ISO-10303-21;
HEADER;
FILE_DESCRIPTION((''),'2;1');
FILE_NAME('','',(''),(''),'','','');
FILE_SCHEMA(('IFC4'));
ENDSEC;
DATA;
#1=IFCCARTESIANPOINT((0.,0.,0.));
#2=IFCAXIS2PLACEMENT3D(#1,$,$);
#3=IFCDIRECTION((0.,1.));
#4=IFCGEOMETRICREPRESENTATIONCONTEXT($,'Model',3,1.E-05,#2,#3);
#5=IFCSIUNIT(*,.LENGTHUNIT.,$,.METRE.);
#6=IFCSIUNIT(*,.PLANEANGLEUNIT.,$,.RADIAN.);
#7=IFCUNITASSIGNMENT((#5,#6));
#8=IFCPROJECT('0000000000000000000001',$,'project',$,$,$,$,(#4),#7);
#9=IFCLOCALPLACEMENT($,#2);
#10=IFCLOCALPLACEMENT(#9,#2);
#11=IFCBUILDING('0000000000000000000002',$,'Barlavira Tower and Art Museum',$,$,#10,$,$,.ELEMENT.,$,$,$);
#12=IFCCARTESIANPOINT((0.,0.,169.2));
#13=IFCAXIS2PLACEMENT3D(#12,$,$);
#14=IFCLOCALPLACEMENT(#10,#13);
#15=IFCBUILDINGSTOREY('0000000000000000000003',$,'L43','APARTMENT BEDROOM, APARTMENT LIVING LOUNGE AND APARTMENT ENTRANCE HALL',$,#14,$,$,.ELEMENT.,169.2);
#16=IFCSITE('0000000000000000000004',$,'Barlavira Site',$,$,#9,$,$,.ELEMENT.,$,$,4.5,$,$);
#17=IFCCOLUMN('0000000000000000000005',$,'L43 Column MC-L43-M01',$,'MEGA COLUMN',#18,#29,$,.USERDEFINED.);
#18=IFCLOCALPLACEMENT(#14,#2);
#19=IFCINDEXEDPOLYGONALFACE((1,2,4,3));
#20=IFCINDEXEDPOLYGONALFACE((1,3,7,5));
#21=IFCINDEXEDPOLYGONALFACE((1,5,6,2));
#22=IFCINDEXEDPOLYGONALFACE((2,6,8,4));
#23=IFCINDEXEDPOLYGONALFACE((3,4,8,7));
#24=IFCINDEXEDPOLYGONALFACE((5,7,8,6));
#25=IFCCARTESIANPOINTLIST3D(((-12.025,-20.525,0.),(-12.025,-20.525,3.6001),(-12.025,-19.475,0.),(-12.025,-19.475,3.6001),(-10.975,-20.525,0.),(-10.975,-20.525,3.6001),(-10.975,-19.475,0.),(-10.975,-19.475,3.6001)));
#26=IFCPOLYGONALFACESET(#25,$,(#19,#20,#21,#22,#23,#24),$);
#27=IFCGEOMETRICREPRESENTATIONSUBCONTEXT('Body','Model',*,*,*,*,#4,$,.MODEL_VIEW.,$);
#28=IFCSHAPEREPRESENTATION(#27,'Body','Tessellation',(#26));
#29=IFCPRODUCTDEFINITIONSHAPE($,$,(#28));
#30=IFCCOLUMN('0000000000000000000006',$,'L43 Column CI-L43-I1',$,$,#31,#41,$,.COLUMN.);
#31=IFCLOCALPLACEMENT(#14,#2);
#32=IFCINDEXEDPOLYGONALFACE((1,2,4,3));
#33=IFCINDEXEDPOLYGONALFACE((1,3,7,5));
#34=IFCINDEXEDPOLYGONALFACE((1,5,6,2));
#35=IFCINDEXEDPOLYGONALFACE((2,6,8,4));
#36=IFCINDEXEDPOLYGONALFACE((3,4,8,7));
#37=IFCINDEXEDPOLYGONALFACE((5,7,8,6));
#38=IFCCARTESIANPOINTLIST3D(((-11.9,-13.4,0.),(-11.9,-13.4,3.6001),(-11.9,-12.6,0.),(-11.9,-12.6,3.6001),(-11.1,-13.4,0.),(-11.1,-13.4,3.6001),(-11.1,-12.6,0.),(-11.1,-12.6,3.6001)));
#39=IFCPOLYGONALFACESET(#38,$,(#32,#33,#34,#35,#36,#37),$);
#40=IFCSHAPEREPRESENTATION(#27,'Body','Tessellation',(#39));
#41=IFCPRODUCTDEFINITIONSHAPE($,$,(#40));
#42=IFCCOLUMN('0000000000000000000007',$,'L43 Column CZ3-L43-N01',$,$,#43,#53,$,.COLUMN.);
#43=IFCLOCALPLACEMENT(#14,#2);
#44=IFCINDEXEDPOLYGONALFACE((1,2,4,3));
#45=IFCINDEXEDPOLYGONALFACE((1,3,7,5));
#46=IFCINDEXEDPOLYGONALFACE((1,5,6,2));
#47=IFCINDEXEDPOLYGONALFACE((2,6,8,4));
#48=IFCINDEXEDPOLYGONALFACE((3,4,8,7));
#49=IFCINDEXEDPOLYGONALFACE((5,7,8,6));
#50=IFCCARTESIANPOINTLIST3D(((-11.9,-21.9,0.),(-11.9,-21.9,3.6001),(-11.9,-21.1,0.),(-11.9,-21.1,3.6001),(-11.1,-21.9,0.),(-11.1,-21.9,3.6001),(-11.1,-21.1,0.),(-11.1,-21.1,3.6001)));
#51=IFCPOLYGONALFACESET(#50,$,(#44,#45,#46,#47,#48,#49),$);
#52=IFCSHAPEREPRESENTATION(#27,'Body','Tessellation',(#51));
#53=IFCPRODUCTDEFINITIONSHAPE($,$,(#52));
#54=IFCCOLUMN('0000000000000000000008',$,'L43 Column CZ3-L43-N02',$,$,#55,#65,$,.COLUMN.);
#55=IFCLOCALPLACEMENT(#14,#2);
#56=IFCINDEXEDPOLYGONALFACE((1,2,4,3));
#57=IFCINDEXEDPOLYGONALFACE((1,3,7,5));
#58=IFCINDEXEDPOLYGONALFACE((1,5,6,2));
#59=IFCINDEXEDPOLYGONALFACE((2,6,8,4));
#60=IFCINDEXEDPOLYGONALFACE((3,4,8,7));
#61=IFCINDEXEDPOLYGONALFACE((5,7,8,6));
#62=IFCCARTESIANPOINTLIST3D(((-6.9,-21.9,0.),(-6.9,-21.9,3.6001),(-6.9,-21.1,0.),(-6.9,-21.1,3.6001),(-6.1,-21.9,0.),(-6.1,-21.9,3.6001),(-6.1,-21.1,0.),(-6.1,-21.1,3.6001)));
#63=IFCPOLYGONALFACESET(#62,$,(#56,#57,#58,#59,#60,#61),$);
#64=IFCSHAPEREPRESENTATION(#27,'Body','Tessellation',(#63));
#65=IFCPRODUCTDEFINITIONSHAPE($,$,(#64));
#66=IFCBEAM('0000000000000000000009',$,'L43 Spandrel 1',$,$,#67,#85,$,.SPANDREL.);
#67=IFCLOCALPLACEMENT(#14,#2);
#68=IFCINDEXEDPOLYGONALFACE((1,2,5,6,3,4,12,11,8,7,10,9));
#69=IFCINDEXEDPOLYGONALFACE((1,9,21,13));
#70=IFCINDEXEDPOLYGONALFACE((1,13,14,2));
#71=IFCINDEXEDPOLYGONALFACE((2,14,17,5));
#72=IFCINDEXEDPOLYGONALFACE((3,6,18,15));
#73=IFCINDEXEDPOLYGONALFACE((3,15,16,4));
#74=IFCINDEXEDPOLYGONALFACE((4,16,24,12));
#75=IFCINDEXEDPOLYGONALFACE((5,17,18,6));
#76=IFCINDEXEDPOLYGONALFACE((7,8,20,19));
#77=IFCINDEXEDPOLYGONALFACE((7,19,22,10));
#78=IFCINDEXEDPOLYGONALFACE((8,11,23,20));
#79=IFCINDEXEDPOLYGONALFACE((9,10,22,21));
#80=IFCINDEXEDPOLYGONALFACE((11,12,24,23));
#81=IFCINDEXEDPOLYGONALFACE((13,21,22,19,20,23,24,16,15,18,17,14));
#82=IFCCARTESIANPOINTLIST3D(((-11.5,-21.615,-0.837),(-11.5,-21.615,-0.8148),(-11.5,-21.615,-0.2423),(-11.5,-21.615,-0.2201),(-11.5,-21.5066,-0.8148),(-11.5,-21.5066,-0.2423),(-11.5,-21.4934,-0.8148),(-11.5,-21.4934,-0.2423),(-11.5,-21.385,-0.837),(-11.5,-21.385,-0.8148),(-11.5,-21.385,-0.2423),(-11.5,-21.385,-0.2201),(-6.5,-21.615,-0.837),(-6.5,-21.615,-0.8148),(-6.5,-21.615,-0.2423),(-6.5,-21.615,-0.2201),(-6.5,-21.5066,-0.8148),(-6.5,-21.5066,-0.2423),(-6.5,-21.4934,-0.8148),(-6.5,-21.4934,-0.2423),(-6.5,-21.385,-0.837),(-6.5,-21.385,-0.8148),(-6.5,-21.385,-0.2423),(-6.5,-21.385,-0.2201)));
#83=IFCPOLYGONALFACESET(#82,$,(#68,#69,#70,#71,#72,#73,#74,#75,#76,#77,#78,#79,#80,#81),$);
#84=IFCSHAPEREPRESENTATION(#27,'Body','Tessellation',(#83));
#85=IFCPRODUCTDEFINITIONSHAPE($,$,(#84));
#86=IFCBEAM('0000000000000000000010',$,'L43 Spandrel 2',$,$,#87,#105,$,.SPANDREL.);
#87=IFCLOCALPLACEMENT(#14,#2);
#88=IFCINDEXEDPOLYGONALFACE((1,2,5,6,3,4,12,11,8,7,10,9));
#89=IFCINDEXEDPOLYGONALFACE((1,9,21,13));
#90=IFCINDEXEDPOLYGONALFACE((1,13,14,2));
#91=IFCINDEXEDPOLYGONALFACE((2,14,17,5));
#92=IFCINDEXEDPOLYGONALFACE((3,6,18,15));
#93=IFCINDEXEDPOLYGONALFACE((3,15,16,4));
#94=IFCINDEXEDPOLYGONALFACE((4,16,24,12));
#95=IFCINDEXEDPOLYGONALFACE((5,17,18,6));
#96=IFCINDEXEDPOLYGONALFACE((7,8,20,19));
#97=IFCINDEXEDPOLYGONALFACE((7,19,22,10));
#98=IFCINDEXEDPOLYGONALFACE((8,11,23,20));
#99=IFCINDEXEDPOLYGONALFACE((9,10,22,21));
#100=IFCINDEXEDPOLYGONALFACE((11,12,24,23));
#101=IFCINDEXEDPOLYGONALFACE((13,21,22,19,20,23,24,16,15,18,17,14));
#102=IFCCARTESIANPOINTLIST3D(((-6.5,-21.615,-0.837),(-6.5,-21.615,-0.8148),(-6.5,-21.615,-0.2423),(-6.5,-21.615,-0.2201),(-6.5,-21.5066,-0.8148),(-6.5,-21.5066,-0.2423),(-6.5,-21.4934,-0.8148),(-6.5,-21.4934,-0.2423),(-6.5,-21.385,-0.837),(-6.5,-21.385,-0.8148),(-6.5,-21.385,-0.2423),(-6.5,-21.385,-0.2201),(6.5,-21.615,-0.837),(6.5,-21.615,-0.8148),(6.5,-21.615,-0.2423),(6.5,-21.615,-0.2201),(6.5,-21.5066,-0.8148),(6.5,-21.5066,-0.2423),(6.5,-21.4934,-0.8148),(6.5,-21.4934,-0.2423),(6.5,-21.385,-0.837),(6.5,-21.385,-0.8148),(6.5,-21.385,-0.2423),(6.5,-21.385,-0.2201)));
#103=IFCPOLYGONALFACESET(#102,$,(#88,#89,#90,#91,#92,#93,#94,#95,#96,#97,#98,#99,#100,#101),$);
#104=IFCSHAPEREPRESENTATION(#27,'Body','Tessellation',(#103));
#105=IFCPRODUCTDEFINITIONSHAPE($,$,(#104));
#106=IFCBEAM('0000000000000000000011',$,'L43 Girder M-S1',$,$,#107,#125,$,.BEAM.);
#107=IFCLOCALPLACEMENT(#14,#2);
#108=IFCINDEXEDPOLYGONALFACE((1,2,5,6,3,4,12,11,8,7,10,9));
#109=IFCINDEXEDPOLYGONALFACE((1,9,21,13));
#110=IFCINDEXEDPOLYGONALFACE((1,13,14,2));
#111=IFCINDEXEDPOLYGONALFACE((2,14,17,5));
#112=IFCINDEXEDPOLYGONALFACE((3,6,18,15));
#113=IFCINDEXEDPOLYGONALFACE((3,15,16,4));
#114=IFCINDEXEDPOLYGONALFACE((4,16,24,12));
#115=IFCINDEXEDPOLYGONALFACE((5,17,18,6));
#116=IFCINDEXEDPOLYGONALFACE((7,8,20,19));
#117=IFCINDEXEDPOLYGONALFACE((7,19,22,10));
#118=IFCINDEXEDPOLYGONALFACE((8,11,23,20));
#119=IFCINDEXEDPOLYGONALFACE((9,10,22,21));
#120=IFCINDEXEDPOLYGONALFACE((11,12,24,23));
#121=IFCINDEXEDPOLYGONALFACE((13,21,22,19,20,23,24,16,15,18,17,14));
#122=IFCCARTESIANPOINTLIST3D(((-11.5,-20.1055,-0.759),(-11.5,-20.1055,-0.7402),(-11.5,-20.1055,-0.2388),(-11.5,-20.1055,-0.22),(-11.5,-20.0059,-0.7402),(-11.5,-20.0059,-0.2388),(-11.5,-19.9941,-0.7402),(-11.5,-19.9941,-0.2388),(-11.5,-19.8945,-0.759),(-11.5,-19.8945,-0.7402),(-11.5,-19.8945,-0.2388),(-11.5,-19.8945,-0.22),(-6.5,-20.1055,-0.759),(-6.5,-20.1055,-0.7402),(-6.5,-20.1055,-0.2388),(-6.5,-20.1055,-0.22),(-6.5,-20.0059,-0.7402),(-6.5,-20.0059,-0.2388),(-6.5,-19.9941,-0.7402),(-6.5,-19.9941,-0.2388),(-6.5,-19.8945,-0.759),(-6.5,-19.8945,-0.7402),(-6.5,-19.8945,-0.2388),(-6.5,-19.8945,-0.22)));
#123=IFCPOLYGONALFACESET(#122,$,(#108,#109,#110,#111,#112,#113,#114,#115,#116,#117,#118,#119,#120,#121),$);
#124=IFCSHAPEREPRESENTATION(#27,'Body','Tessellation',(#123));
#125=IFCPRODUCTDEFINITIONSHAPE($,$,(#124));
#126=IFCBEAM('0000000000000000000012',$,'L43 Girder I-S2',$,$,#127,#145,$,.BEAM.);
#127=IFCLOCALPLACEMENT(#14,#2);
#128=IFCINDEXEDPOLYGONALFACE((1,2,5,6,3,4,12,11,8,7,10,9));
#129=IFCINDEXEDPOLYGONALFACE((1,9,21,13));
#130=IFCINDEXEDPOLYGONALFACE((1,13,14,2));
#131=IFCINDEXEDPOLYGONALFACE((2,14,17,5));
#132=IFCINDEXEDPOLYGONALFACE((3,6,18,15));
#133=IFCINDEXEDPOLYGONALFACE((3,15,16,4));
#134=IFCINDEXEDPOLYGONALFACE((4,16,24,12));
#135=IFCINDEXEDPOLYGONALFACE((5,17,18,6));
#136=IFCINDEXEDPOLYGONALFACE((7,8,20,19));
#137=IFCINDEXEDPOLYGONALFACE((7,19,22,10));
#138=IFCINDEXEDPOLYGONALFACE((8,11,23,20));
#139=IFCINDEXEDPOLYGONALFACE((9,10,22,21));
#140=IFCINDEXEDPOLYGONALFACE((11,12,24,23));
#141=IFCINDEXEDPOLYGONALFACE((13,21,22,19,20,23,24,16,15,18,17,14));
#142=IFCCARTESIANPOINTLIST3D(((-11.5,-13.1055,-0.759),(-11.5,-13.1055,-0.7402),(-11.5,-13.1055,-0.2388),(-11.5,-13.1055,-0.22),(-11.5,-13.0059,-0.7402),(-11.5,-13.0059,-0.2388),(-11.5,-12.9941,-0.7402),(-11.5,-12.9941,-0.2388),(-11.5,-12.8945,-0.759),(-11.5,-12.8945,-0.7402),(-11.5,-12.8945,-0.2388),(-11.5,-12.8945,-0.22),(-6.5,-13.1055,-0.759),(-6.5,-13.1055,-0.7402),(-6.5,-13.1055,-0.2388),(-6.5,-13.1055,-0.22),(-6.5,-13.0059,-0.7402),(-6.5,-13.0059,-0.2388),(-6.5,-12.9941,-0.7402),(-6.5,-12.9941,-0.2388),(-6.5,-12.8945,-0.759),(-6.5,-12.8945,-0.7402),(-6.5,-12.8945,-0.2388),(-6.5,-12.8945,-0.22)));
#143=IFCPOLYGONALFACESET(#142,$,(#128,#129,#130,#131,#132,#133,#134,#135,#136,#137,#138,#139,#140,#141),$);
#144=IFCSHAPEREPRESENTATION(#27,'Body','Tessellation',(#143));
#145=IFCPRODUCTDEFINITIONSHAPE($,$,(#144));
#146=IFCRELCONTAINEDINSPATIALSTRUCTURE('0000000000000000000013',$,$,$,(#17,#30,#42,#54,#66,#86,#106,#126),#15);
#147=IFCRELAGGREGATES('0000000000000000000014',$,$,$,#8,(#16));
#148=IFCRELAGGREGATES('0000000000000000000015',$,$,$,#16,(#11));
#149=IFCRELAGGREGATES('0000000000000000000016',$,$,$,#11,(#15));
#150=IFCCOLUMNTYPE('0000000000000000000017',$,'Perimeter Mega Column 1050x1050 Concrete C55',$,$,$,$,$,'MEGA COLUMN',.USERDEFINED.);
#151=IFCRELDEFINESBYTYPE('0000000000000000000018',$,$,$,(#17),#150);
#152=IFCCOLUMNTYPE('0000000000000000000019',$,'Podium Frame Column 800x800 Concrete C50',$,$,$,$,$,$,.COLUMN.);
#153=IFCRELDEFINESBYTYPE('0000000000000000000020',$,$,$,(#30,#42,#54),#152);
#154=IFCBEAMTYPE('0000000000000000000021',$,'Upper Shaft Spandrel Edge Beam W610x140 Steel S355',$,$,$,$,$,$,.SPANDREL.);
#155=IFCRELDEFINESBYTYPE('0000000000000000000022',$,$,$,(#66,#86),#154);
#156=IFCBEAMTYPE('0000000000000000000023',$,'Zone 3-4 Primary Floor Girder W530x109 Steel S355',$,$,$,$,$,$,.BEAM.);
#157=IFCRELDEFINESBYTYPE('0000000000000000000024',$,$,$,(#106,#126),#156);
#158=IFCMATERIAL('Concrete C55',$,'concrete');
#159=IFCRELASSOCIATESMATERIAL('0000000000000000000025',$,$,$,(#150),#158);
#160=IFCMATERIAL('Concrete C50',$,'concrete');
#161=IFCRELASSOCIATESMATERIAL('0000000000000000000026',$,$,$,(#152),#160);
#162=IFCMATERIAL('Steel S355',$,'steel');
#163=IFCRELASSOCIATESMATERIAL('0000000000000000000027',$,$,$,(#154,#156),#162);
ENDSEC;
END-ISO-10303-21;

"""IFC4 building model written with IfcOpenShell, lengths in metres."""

from ifc_helpers import new_model, si_unit, direction, frame, origin, origin_2d, place, context, subcontext, project, spatial, rectangle, i_section, extrude, material, material_profile, profile_set, type_object, element, save


model = new_model("IFC4")

# Units and contexts
model_context = context("Model", 3, precision=1e-05, world=origin(), true_north=direction((0.0, 1.0)))
body_context = subcontext(model_context, "Body", "Model", "MODEL_VIEW")
ifc_project = project(units=[si_unit("LENGTHUNIT", "METRE"), si_unit("PLANEANGLEUNIT", "RADIAN")], contexts=[model_context])

# Site, building, storey
site_placement = place(None, origin())
site = spatial("IfcSite", under=ifc_project, at=site_placement, Name="Barlavira Site", CompositionType="ELEMENT", RefElevation=4.5)
building_placement = place(site_placement, origin())
building = spatial("IfcBuilding", under=site, at=building_placement, Name="Barlavira Tower and Art Museum", CompositionType="ELEMENT")
storey_placement = place(building_placement, frame((0.0, 0.0, 169.2)))
storey = spatial("IfcBuildingStorey", under=building, at=storey_placement, Name="L43", Description="APARTMENT BEDROOM, APARTMENT LIVING LOUNGE AND APARTMENT ENTRANCE HALL", CompositionType="ELEMENT", Elevation=169.2)

# Columns
ifc_material_1 = material(Name="Concrete C55", Category="concrete")
ifc_material_profile_1 = material_profile(ifc_material_1, rectangle(XDim=1.05, YDim=1.05, at=origin_2d()), Name="RC-COL 1050x1050")
ifc_profile_set_1 = profile_set([ifc_material_profile_1], Name="Concrete C55")
column_type_1 = type_object("IfcColumnType", Name="Perimeter Mega Column 1050x1050 Concrete C55", ElementType="MEGA COLUMN", PredefinedType="USERDEFINED", material=ifc_profile_set_1)
column_placement = place(storey_placement, frame((-11.5, -20.0, 0.0), z_axis=(0.0, 0.0, 1.0), x_axis=(1.0, 0.0, 0.0)))
element("IfcColumn", 1, at=column_placement, inside=storey, type_object=column_type_1, Name="L43 Column MC-L43-M01", ObjectType="MEGA COLUMN", PredefinedType="USERDEFINED", context=body_context, shape_type="SweptSolid", body=[
    extrude(rectangle(XDim=1.05, YDim=1.05, at=origin_2d()), origin(), (0.0, 0.0, 1.0), 3.6001),
])
ifc_material_2 = material(Name="Concrete C50", Category="concrete")
ifc_material_profile_2 = material_profile(ifc_material_2, rectangle(XDim=0.8, YDim=0.8, at=origin_2d()), Name="RC-COL 800x800")
ifc_profile_set_2 = profile_set([ifc_material_profile_2], Name="Concrete C50")
column_type_2 = type_object("IfcColumnType", Name="Podium Frame Column 800x800 Concrete C50", PredefinedType="COLUMN", material=ifc_profile_set_2)
for number, where, z_axis, x_axis, name in (
    (2, (-11.5, -13.0, 0.0), (0.0, 0.0, 1.0), (1.0, 0.0, 0.0), "L43 Column CI-L43-I1"),
    (3, (-11.5, -21.5, 0.0), (0.0, 0.0, 1.0), (1.0, 0.0, 0.0), "L43 Column CZ3-L43-N01"),
    (4, (-6.5, -21.5, 0.0), (0.0, 0.0, 1.0), (1.0, 0.0, 0.0), "L43 Column CZ3-L43-N02"),
):
    element("IfcColumn", number, at=place(storey_placement, frame(where, z_axis=z_axis, x_axis=x_axis)), inside=storey, type_object=column_type_2, Name=name, PredefinedType="COLUMN", context=body_context, shape_type="SweptSolid", body=[
        extrude(rectangle(XDim=0.8, YDim=0.8, at=origin_2d()), origin(), (0.0, 0.0, 1.0), 3.6001),
    ])

# Beams
ifc_material_3 = material(Name="Steel S355", Category="steel")
ifc_material_profile_3 = material_profile(ifc_material_3, i_section(OverallWidth=0.23, OverallDepth=0.6169, WebThickness=0.0132, FlangeThickness=0.0222, at=origin_2d()), Name="W610x140.0")
ifc_profile_set_3 = profile_set([ifc_material_profile_3], Name="Steel S355")
beam_type_1 = type_object("IfcBeamType", Name="Upper Shaft Spandrel Edge Beam W610x140 Steel S355", PredefinedType="SPANDREL", material=ifc_profile_set_3)
beam_1_placement = place(storey_placement, frame((-11.5, -21.5, -0.5286), z_axis=(1.0, 0.0, 0.0), x_axis=(0.0, 1.0, 0.0)))
element("IfcBeam", 5, at=beam_1_placement, inside=storey, type_object=beam_type_1, Name="L43 Spandrel 1", PredefinedType="SPANDREL", context=body_context, shape_type="SweptSolid", body=[
    extrude(i_section(OverallWidth=0.23, OverallDepth=0.6169, WebThickness=0.0132, FlangeThickness=0.0222, at=origin_2d()), origin(), (0.0, 0.0, 1.0), 5.0),
])
beam_2_placement = place(storey_placement, frame((-6.5, -21.5, -0.5286), z_axis=(1.0, 0.0, 0.0), x_axis=(0.0, 1.0, 0.0)))
element("IfcBeam", 6, at=beam_2_placement, inside=storey, type_object=beam_type_1, Name="L43 Spandrel 2", PredefinedType="SPANDREL", context=body_context, shape_type="SweptSolid", body=[
    extrude(i_section(OverallWidth=0.23, OverallDepth=0.6169, WebThickness=0.0132, FlangeThickness=0.0222, at=origin_2d()), origin(), (0.0, 0.0, 1.0), 13.0),
])
ifc_material_profile_4 = material_profile(ifc_material_3, i_section(OverallWidth=0.2109, OverallDepth=0.5391, WebThickness=0.0117, FlangeThickness=0.0188, at=origin_2d()), Name="W530x109.0")
ifc_profile_set_4 = profile_set([ifc_material_profile_4], Name="Steel S355")
beam_type_2 = type_object("IfcBeamType", Name="Zone 3-4 Primary Floor Girder W530x109 Steel S355", PredefinedType="BEAM", material=ifc_profile_set_4)
for number, where, z_axis, x_axis, name in (
    (7, (-11.5, -20.0, -0.4895), (1.0, 0.0, 0.0), (0.0, 1.0, 0.0), "L43 Girder M-S1"),
    (8, (-11.5, -13.0, -0.4895), (1.0, 0.0, 0.0), (0.0, 1.0, 0.0), "L43 Girder I-S2"),
):
    element("IfcBeam", number, at=place(storey_placement, frame(where, z_axis=z_axis, x_axis=x_axis)), inside=storey, type_object=beam_type_2, Name=name, PredefinedType="BEAM", context=body_context, shape_type="SweptSolid", body=[
        extrude(i_section(OverallWidth=0.2109, OverallDepth=0.5391, WebThickness=0.0117, FlangeThickness=0.0188, at=origin_2d()), origin(), (0.0, 0.0, 1.0), 5.0),
    ])

save(model, "model.ifc")
